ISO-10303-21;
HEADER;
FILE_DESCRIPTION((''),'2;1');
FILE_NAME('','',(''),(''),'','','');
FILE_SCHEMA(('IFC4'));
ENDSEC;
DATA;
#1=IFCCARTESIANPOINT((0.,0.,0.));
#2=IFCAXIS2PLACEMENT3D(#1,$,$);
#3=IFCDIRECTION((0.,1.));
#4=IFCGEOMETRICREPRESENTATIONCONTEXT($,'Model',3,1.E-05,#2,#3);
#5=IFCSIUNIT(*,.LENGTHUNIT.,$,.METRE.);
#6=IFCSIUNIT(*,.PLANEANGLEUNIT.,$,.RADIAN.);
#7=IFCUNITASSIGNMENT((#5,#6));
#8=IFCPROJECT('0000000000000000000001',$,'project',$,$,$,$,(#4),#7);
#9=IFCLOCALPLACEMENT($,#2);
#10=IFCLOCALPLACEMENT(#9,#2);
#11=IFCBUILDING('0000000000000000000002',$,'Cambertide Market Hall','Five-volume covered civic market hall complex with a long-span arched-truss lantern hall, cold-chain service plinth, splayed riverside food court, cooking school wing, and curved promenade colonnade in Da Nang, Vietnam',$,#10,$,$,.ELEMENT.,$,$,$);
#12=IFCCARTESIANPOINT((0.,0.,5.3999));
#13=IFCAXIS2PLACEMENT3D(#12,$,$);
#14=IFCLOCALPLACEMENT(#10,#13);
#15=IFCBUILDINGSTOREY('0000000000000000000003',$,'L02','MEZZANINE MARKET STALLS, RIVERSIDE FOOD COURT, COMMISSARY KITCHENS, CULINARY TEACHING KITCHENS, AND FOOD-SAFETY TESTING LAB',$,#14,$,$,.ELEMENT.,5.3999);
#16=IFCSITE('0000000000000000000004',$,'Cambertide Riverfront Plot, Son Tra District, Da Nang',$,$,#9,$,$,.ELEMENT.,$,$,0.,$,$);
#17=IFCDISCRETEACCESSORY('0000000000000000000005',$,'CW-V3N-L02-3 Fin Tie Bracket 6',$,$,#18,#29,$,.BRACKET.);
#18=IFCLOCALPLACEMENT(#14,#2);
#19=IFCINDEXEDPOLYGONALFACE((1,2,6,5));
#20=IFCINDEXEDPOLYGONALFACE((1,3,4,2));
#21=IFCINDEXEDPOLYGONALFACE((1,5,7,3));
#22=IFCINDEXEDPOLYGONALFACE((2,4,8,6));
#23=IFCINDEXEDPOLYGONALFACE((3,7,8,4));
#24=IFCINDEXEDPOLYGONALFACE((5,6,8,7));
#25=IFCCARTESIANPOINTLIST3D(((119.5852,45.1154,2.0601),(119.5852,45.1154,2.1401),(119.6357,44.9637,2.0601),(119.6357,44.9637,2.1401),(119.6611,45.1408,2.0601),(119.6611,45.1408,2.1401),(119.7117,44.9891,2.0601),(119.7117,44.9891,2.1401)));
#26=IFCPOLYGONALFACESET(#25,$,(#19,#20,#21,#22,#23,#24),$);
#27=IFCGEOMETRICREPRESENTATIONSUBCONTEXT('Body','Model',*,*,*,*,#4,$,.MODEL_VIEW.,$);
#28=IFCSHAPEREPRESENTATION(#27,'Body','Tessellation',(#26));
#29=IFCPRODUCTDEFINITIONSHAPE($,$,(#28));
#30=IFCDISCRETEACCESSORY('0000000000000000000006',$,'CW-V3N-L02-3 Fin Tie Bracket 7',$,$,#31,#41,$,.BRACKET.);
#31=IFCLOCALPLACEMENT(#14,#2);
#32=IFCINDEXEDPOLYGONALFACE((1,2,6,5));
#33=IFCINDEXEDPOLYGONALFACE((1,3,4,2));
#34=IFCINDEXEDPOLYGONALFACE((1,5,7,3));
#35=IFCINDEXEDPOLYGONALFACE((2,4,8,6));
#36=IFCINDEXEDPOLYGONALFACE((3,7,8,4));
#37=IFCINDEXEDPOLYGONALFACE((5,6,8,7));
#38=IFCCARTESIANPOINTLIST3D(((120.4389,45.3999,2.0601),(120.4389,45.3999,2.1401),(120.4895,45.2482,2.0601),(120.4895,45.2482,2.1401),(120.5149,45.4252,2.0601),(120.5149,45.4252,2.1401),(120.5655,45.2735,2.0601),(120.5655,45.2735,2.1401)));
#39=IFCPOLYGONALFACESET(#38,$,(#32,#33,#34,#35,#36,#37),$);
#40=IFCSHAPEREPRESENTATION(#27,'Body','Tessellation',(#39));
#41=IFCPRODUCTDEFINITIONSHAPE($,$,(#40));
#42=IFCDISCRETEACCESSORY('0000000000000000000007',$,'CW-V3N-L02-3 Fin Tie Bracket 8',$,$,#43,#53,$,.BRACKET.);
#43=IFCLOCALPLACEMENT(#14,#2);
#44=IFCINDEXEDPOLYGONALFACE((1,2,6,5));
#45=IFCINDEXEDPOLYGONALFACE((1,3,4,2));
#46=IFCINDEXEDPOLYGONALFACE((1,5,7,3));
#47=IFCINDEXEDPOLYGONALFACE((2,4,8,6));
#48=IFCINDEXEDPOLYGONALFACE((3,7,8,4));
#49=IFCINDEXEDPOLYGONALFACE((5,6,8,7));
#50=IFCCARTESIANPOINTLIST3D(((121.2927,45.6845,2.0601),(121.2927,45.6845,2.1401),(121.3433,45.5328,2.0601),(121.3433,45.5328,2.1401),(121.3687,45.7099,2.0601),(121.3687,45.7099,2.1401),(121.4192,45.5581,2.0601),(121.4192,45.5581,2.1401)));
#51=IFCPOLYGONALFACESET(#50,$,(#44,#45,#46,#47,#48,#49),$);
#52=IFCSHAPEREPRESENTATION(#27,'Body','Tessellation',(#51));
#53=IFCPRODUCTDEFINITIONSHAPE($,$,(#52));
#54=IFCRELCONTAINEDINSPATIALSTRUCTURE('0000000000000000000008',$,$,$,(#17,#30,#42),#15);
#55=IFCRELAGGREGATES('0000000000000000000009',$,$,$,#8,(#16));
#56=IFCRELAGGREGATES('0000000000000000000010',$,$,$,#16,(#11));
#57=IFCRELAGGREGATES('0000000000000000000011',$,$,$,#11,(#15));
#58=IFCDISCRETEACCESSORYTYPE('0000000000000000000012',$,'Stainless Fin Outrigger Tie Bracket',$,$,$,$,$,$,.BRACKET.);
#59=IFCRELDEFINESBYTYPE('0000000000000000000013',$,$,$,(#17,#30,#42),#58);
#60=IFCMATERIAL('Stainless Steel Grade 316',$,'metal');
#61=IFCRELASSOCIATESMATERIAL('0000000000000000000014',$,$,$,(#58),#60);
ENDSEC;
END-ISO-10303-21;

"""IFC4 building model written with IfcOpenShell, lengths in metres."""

from ifc_helpers import new_model, si_unit, direction, frame, origin, origin_2d, place, context, subcontext, project, spatial, rectangle, extrude, material, type_object, element, save


model = new_model("IFC4")

# Units and contexts
model_context = context("Model", 3, precision=1e-05, world=origin(), true_north=direction((0.0, 1.0)))
body_context = subcontext(model_context, "Body", "Model", "MODEL_VIEW")
ifc_project = project(units=[si_unit("LENGTHUNIT", "METRE"), si_unit("PLANEANGLEUNIT", "RADIAN")], contexts=[model_context])

# Site, building, storey
site_placement = place(None, origin())
site = spatial("IfcSite", under=ifc_project, at=site_placement, Name="Cambertide Riverfront Plot, Son Tra District, Da Nang", CompositionType="ELEMENT", RefElevation=0.0)
building_placement = place(site_placement, origin())
building = spatial("IfcBuilding", under=site, at=building_placement, Name="Cambertide Market Hall", Description="Five-volume covered civic market hall complex with a long-span arched-truss lantern hall, cold-chain service plinth, splayed riverside food court, cooking school wing, and curved promenade colonnade in Da Nang, Vietnam", CompositionType="ELEMENT")
storey_placement = place(building_placement, frame((0.0, 0.0, 5.3999)))
storey = spatial("IfcBuildingStorey", under=building, at=storey_placement, Name="L02", Description="MEZZANINE MARKET STALLS, RIVERSIDE FOOD COURT, COMMISSARY KITCHENS, CULINARY TEACHING KITCHENS, AND FOOD-SAFETY TESTING LAB", CompositionType="ELEMENT", Elevation=5.3999)

# Discrete accessories
ifc_material_1 = material(Name="Stainless Steel Grade 316", Category="metal")
discrete_accessory_type = type_object("IfcDiscreteAccessoryType", Name="Stainless Fin Outrigger Tie Bracket", PredefinedType="BRACKET", material=ifc_material_1)
for number, where, z_axis, x_axis, name in (
    (1, (119.6484, 45.0522, 2.0601), (0.0, 0.0, 1.0), (0.948683, 0.316228, 0.0), "CW-V3N-L02-3 Fin Tie Bracket 6"),
    (2, (120.5022, 45.3367, 2.0601), (0.0, 0.0, 1.0), (0.948683, 0.316228, 0.0), "CW-V3N-L02-3 Fin Tie Bracket 7"),
    (3, (121.356, 45.6213, 2.0601), (0.0, 0.0, 1.0), (0.948683, 0.316228, 0.0), "CW-V3N-L02-3 Fin Tie Bracket 8"),
):
    element("IfcDiscreteAccessory", number, at=place(storey_placement, frame(where, z_axis=z_axis, x_axis=x_axis)), inside=storey, type_object=discrete_accessory_type, Name=name, PredefinedType="BRACKET", context=body_context, shape_type="SweptSolid", body=[
        extrude(rectangle(XDim=0.0801, YDim=0.1599, at=origin_2d()), origin(), (0.0, 0.0, 1.0), 0.0801),
    ])

save(model, "model.ifc")
